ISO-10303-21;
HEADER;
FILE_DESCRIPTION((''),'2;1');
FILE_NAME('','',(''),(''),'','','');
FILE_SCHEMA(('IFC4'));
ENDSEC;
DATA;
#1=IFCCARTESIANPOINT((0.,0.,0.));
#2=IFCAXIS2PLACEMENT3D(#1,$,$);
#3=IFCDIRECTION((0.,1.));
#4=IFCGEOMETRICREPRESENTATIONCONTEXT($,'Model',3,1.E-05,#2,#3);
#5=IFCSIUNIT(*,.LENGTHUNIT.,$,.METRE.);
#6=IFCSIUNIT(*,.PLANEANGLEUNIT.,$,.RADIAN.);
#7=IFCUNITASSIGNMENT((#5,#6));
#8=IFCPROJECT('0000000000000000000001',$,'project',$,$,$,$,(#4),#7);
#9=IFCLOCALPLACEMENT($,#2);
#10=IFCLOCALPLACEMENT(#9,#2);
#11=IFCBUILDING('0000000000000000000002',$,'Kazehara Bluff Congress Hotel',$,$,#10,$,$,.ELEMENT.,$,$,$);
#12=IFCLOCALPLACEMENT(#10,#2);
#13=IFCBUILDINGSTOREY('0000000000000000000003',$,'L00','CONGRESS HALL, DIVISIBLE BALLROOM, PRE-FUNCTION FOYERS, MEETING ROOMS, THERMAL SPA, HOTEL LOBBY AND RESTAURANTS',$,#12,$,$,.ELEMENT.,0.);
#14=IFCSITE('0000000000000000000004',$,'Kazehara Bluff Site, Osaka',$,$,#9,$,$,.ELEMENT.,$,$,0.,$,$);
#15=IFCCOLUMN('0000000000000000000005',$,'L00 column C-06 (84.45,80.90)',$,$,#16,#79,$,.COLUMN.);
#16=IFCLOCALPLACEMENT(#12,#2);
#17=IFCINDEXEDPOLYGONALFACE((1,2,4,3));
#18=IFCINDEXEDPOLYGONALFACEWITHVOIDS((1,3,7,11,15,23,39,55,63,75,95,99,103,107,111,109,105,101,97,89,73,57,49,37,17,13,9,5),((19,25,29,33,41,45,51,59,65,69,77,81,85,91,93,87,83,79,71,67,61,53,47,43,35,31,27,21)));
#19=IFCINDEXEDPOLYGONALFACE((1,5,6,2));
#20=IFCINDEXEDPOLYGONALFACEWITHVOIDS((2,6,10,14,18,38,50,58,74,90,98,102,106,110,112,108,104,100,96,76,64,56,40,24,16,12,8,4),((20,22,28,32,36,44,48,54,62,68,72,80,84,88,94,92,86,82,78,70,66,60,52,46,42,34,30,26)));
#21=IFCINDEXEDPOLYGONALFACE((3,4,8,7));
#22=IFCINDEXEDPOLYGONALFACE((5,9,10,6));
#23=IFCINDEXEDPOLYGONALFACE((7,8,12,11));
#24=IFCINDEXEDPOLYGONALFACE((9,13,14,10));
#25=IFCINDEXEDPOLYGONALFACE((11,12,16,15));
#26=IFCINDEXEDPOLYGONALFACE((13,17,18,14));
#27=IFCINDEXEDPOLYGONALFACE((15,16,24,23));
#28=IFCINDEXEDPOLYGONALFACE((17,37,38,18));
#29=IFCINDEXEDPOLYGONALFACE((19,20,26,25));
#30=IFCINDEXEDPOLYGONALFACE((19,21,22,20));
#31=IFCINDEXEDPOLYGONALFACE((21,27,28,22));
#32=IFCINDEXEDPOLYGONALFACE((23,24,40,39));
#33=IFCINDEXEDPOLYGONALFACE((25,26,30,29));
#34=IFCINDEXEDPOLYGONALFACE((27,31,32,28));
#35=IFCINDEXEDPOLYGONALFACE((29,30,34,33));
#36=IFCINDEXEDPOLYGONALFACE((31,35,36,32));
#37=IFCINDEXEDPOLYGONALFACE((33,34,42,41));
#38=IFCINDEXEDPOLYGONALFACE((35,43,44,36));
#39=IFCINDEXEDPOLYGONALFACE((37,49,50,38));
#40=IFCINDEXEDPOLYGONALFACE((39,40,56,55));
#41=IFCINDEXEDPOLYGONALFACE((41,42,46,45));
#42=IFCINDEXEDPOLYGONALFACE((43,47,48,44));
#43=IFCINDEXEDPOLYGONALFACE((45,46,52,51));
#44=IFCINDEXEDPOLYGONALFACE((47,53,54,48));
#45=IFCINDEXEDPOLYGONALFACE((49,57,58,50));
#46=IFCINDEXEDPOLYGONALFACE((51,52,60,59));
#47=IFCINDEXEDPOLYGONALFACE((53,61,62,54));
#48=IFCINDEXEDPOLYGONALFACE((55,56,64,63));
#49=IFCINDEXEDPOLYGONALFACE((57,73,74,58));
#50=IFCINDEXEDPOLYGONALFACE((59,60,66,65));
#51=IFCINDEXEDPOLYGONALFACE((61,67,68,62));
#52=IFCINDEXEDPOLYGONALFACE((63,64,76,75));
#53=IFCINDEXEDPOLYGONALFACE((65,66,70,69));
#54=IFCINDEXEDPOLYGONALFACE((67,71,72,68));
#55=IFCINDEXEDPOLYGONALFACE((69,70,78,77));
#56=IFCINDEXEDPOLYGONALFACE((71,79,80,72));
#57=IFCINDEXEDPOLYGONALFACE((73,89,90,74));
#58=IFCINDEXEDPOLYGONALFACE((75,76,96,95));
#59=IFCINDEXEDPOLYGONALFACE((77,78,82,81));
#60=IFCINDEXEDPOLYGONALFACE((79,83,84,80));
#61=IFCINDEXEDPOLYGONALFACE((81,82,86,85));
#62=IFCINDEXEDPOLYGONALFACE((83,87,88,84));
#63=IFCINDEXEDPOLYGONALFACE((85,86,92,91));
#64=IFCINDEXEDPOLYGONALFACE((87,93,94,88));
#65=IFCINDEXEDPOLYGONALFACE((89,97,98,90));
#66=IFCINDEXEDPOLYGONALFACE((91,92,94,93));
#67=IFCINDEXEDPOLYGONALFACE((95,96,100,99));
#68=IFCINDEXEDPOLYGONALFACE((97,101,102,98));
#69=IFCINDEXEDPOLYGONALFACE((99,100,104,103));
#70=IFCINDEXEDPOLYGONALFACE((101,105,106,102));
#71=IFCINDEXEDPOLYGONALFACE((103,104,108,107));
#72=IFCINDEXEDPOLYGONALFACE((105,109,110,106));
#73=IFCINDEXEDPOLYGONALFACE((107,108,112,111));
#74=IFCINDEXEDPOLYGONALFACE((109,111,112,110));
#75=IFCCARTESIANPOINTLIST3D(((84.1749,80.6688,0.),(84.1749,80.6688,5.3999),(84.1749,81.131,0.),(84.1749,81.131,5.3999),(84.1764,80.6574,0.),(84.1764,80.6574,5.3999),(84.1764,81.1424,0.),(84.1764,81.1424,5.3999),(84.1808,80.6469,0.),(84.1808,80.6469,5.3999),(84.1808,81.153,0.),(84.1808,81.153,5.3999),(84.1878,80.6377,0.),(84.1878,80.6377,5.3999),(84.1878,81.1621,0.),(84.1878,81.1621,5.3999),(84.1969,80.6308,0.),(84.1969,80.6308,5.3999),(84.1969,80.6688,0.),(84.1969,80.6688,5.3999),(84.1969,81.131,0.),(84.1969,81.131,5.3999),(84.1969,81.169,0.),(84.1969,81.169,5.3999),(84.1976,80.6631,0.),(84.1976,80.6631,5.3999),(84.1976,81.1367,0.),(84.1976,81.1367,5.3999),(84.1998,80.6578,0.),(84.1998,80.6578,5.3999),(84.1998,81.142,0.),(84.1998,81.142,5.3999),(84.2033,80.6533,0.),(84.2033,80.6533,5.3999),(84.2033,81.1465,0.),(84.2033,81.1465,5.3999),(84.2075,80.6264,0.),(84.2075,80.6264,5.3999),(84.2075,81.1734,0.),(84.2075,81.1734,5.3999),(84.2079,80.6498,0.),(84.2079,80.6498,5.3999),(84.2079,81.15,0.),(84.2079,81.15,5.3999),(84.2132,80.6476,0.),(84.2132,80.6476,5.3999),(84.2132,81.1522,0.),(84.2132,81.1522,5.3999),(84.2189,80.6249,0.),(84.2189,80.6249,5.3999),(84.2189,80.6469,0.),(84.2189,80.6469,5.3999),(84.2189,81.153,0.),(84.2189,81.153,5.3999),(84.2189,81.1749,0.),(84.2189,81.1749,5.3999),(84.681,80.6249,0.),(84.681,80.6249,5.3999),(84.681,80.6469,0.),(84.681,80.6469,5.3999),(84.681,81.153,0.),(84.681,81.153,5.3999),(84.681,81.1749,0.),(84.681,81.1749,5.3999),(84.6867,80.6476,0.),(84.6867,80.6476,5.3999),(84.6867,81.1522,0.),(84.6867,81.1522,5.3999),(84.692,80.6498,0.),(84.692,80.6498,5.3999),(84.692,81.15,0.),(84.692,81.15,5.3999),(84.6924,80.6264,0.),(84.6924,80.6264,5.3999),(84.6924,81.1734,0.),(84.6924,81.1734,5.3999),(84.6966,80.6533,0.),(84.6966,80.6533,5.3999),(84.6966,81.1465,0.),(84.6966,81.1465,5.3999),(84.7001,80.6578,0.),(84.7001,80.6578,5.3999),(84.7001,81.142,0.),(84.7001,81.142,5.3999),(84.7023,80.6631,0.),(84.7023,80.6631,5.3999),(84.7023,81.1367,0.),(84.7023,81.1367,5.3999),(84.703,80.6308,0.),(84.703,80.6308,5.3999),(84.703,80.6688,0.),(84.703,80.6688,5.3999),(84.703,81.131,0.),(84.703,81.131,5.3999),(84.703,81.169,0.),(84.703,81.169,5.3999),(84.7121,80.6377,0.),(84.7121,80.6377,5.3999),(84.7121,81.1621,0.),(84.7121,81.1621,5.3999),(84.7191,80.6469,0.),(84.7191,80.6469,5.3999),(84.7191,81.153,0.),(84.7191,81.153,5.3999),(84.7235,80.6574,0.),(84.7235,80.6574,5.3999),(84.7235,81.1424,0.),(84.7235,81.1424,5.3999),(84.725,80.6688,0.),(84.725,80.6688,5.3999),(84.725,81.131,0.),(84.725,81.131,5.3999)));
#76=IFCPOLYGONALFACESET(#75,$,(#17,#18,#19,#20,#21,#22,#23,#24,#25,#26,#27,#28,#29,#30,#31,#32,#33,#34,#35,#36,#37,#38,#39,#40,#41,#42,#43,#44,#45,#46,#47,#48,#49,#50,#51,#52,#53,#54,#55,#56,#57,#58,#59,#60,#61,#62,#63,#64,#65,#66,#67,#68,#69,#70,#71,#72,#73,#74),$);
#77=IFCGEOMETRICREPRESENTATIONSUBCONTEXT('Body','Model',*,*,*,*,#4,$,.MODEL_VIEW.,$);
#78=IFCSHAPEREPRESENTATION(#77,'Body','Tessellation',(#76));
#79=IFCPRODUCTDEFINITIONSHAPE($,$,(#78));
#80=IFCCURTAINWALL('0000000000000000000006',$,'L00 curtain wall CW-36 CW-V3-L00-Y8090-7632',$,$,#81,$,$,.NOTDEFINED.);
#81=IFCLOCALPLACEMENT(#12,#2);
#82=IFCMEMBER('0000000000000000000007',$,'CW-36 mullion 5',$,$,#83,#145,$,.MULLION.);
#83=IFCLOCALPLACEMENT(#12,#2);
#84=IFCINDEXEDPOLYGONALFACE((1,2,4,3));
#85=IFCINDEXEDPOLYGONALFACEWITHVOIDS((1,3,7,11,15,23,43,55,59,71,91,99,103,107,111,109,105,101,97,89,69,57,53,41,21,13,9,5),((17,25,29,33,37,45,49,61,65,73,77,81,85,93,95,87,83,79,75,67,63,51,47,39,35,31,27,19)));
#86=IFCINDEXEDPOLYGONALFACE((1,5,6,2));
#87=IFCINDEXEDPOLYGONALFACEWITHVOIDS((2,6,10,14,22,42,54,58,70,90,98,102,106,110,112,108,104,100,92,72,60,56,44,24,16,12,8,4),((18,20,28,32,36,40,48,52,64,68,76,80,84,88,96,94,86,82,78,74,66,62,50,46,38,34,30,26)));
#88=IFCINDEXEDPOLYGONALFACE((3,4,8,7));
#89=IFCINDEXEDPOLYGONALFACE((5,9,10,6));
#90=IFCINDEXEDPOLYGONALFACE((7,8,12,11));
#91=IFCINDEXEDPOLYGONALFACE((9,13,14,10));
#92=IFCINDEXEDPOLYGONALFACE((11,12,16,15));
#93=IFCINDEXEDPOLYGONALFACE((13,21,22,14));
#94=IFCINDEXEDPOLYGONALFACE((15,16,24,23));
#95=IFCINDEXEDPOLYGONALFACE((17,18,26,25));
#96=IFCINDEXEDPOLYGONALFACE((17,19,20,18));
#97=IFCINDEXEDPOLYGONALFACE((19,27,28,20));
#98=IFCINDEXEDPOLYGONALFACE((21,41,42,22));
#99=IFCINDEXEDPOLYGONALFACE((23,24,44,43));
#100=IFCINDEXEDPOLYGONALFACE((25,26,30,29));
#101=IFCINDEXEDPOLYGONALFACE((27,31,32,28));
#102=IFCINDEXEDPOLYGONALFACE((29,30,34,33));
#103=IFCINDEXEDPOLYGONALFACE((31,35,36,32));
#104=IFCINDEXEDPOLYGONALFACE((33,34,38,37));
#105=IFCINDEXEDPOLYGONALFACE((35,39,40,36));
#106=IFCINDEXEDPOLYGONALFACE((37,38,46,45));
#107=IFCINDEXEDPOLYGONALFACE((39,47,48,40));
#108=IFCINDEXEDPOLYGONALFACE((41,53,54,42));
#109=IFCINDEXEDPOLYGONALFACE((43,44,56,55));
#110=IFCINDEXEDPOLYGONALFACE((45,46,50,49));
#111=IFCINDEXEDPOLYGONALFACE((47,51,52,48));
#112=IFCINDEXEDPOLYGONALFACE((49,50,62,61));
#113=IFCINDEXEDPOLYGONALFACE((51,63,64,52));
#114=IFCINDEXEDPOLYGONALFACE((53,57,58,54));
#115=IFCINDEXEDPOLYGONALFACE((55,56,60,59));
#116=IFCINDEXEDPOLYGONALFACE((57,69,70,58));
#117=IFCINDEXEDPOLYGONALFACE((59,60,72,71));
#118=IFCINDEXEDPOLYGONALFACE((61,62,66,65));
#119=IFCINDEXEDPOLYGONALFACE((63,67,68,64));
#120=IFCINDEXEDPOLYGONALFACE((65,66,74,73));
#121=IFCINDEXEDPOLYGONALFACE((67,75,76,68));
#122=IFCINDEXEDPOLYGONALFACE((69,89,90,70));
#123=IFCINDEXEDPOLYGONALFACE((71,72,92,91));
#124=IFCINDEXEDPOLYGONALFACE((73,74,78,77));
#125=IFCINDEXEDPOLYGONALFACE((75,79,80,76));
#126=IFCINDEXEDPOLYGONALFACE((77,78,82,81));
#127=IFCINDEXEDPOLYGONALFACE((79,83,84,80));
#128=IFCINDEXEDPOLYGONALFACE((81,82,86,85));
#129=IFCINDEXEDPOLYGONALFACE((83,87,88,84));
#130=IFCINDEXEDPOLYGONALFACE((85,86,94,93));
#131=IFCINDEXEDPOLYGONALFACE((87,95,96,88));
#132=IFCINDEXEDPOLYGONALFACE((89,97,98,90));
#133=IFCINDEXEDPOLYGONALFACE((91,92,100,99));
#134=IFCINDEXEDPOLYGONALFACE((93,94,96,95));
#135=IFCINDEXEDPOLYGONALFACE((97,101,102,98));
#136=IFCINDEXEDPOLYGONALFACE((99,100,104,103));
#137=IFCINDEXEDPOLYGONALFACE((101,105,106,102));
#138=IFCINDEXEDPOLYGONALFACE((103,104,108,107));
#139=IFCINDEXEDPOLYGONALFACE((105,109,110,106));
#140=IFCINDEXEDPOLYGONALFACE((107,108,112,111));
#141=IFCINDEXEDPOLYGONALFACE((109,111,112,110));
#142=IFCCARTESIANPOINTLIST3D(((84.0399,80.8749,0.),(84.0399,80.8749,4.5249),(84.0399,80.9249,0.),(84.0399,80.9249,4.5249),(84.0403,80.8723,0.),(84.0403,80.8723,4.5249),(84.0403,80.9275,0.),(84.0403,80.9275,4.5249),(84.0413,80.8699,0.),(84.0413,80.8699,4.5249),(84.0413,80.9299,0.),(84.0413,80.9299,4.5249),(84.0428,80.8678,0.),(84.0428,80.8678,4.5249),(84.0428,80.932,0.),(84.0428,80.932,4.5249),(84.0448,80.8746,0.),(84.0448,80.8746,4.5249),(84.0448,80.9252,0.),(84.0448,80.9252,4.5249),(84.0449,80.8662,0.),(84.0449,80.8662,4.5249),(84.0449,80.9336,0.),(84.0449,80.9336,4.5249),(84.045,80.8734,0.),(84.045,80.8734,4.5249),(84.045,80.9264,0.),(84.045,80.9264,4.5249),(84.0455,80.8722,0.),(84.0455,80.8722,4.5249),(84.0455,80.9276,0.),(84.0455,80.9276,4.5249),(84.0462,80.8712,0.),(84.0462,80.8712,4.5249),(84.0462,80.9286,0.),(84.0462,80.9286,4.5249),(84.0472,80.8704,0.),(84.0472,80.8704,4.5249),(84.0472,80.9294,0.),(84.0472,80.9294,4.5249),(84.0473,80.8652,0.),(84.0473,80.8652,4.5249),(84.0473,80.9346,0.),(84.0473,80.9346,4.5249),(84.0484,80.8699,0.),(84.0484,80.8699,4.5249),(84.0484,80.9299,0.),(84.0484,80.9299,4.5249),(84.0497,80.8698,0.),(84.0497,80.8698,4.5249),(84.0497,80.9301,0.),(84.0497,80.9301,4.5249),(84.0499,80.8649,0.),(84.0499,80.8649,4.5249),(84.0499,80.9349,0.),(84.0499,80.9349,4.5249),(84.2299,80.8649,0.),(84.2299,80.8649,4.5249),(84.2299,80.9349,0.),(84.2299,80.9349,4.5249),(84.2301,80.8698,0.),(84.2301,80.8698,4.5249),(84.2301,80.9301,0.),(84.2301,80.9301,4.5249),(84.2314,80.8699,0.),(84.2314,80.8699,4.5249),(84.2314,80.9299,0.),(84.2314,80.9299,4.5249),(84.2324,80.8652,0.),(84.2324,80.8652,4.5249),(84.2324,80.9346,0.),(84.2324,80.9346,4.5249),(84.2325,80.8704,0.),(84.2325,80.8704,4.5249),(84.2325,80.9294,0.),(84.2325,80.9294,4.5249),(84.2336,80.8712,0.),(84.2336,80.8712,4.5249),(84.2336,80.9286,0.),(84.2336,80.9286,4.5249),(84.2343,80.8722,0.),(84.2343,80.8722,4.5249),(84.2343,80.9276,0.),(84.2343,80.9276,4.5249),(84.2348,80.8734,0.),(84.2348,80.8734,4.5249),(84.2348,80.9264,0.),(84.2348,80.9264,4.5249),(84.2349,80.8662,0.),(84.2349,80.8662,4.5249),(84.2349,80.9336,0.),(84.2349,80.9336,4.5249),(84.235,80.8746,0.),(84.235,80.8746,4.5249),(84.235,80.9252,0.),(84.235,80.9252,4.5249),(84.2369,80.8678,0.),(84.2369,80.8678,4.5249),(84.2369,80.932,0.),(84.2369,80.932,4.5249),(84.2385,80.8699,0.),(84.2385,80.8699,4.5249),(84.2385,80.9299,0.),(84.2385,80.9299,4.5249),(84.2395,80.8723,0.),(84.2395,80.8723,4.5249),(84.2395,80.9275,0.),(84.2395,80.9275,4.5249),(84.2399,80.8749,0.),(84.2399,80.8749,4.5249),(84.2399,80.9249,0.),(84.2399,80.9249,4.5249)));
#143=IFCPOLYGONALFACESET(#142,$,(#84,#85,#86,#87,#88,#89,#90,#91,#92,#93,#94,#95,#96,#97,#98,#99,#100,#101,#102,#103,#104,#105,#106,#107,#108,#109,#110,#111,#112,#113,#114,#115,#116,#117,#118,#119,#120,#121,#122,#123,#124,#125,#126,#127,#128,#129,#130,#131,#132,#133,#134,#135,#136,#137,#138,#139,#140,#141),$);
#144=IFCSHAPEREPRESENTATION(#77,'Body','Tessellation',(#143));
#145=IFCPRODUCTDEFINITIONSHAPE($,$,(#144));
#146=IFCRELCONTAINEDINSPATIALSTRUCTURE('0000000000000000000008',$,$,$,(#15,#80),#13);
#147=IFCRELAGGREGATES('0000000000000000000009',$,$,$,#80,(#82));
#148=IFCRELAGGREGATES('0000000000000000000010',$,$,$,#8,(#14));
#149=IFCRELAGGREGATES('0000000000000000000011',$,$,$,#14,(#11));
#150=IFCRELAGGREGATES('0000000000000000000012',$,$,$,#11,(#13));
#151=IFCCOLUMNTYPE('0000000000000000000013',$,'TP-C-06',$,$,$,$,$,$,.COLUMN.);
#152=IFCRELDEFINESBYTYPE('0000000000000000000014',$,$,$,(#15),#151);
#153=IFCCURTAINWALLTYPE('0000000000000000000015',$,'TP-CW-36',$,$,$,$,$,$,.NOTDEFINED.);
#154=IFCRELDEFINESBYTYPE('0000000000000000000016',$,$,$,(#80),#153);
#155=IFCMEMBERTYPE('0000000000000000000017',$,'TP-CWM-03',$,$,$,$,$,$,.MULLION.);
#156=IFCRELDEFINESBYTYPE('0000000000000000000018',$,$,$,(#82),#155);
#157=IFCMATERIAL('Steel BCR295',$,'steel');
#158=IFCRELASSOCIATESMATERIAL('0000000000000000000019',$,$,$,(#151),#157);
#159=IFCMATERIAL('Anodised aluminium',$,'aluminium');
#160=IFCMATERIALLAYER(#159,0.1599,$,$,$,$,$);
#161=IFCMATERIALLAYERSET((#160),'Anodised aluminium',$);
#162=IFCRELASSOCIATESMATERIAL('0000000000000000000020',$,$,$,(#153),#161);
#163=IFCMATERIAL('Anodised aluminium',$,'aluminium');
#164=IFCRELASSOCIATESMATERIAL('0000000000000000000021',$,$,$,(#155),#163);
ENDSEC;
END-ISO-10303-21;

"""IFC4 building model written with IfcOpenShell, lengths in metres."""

from ifc_helpers import new_model, si_unit, direction, frame, origin, origin_2d, place, context, subcontext, project, spatial, hollow_rectangle, extrude, material, layer, layer_set, material_profile, profile_set, type_object, element, aggregate, save


model = new_model("IFC4")

# Units and contexts
model_context = context("Model", 3, precision=1e-05, world=origin(), true_north=direction((0.0, 1.0)))
body_context = subcontext(model_context, "Body", "Model", "MODEL_VIEW")
ifc_project = project(units=[si_unit("LENGTHUNIT", "METRE"), si_unit("PLANEANGLEUNIT", "RADIAN")], contexts=[model_context])

# Site, building, storey
site_placement = place(None, origin())
site = spatial("IfcSite", under=ifc_project, at=site_placement, Name="Kazehara Bluff Site, Osaka", CompositionType="ELEMENT", RefElevation=0.0)
building_placement = place(site_placement, origin())
building = spatial("IfcBuilding", under=site, at=building_placement, Name="Kazehara Bluff Congress Hotel", CompositionType="ELEMENT")
storey_placement = place(building_placement, origin())
storey = spatial("IfcBuildingStorey", under=building, at=storey_placement, Name="L00", Description="CONGRESS HALL, DIVISIBLE BALLROOM, PRE-FUNCTION FOYERS, MEETING ROOMS, THERMAL SPA, HOTEL LOBBY AND RESTAURANTS", CompositionType="ELEMENT", Elevation=0.0)

# Column
ifc_material_1 = material(Name="Steel BCR295", Category="steel")
ifc_material_profile_1 = material_profile(ifc_material_1, hollow_rectangle(XDim=0.55, YDim=0.55, WallThickness=0.022, InnerFilletRadius=0.022, OuterFilletRadius=0.0439, at=origin_2d()))
ifc_profile_set_1 = profile_set([ifc_material_profile_1], Name="Steel BCR295")
column_type = type_object("IfcColumnType", Name="TP-C-06", PredefinedType="COLUMN", material=ifc_profile_set_1)
column_placement = place(storey_placement, frame((84.45, 80.8999, 0.0), z_axis=(0.0, 0.0, 1.0), x_axis=(1.0, 0.0, 0.0)))
element("IfcColumn", 1, at=column_placement, inside=storey, type_object=column_type, Name="L00 column C-06 (84.45,80.90)", PredefinedType="COLUMN", context=body_context, shape_type="SweptSolid", body=[
    extrude(hollow_rectangle(XDim=0.55, YDim=0.55, WallThickness=0.022, InnerFilletRadius=0.022, OuterFilletRadius=0.0439, at=origin_2d()), origin(), (0.0, 0.0, 1.0), 5.3999),
])

# Curtain wall, member
ifc_material_2 = material(Name="Anodised aluminium", Category="aluminium")
ifc_layer_1 = layer(ifc_material_2, 0.1599)
ifc_layer_set_1 = layer_set([ifc_layer_1], Name="Anodised aluminium")
curtain_wall_type = type_object("IfcCurtainWallType", Name="TP-CW-36", PredefinedType="NOTDEFINED", material=ifc_layer_set_1)
curtain_wall_1_placement = place(storey_placement, origin())
curtain_wall_1 = element("IfcCurtainWall", 2, at=curtain_wall_1_placement, inside=storey, type_object=curtain_wall_type, Name="L00 curtain wall CW-36 CW-V3-L00-Y8090-7632", PredefinedType="NOTDEFINED")
ifc_material_3 = material(Name="Anodised aluminium", Category="aluminium")
ifc_material_profile_2 = material_profile(ifc_material_3, hollow_rectangle(XDim=0.0701, YDim=0.2, WallThickness=0.0049, InnerFilletRadius=0.0049, OuterFilletRadius=0.01, at=origin_2d()))
ifc_profile_set_2 = profile_set([ifc_material_profile_2], Name="Anodised aluminium")
member_type_1 = type_object("IfcMemberType", Name="TP-CWM-03", PredefinedType="MULLION", material=ifc_profile_set_2)
member_1_placement = place(storey_placement, frame((84.1399, 80.8999, 0.0), z_axis=(0.0, 0.0, 1.0), x_axis=(0.0, 1.0, 0.0)))
member_1 = element("IfcMember", 3, at=member_1_placement, type_object=member_type_1, Name="CW-36 mullion 5", PredefinedType="MULLION", context=body_context, shape_type="SweptSolid", body=[
    extrude(hollow_rectangle(XDim=0.0701, YDim=0.2, WallThickness=0.0049, InnerFilletRadius=0.0049, OuterFilletRadius=0.01, at=origin_2d()), origin(), (0.0, 0.0, 1.0), 4.5249),
])

aggregate(curtain_wall_1, [member_1])

save(model, "model.ifc")
